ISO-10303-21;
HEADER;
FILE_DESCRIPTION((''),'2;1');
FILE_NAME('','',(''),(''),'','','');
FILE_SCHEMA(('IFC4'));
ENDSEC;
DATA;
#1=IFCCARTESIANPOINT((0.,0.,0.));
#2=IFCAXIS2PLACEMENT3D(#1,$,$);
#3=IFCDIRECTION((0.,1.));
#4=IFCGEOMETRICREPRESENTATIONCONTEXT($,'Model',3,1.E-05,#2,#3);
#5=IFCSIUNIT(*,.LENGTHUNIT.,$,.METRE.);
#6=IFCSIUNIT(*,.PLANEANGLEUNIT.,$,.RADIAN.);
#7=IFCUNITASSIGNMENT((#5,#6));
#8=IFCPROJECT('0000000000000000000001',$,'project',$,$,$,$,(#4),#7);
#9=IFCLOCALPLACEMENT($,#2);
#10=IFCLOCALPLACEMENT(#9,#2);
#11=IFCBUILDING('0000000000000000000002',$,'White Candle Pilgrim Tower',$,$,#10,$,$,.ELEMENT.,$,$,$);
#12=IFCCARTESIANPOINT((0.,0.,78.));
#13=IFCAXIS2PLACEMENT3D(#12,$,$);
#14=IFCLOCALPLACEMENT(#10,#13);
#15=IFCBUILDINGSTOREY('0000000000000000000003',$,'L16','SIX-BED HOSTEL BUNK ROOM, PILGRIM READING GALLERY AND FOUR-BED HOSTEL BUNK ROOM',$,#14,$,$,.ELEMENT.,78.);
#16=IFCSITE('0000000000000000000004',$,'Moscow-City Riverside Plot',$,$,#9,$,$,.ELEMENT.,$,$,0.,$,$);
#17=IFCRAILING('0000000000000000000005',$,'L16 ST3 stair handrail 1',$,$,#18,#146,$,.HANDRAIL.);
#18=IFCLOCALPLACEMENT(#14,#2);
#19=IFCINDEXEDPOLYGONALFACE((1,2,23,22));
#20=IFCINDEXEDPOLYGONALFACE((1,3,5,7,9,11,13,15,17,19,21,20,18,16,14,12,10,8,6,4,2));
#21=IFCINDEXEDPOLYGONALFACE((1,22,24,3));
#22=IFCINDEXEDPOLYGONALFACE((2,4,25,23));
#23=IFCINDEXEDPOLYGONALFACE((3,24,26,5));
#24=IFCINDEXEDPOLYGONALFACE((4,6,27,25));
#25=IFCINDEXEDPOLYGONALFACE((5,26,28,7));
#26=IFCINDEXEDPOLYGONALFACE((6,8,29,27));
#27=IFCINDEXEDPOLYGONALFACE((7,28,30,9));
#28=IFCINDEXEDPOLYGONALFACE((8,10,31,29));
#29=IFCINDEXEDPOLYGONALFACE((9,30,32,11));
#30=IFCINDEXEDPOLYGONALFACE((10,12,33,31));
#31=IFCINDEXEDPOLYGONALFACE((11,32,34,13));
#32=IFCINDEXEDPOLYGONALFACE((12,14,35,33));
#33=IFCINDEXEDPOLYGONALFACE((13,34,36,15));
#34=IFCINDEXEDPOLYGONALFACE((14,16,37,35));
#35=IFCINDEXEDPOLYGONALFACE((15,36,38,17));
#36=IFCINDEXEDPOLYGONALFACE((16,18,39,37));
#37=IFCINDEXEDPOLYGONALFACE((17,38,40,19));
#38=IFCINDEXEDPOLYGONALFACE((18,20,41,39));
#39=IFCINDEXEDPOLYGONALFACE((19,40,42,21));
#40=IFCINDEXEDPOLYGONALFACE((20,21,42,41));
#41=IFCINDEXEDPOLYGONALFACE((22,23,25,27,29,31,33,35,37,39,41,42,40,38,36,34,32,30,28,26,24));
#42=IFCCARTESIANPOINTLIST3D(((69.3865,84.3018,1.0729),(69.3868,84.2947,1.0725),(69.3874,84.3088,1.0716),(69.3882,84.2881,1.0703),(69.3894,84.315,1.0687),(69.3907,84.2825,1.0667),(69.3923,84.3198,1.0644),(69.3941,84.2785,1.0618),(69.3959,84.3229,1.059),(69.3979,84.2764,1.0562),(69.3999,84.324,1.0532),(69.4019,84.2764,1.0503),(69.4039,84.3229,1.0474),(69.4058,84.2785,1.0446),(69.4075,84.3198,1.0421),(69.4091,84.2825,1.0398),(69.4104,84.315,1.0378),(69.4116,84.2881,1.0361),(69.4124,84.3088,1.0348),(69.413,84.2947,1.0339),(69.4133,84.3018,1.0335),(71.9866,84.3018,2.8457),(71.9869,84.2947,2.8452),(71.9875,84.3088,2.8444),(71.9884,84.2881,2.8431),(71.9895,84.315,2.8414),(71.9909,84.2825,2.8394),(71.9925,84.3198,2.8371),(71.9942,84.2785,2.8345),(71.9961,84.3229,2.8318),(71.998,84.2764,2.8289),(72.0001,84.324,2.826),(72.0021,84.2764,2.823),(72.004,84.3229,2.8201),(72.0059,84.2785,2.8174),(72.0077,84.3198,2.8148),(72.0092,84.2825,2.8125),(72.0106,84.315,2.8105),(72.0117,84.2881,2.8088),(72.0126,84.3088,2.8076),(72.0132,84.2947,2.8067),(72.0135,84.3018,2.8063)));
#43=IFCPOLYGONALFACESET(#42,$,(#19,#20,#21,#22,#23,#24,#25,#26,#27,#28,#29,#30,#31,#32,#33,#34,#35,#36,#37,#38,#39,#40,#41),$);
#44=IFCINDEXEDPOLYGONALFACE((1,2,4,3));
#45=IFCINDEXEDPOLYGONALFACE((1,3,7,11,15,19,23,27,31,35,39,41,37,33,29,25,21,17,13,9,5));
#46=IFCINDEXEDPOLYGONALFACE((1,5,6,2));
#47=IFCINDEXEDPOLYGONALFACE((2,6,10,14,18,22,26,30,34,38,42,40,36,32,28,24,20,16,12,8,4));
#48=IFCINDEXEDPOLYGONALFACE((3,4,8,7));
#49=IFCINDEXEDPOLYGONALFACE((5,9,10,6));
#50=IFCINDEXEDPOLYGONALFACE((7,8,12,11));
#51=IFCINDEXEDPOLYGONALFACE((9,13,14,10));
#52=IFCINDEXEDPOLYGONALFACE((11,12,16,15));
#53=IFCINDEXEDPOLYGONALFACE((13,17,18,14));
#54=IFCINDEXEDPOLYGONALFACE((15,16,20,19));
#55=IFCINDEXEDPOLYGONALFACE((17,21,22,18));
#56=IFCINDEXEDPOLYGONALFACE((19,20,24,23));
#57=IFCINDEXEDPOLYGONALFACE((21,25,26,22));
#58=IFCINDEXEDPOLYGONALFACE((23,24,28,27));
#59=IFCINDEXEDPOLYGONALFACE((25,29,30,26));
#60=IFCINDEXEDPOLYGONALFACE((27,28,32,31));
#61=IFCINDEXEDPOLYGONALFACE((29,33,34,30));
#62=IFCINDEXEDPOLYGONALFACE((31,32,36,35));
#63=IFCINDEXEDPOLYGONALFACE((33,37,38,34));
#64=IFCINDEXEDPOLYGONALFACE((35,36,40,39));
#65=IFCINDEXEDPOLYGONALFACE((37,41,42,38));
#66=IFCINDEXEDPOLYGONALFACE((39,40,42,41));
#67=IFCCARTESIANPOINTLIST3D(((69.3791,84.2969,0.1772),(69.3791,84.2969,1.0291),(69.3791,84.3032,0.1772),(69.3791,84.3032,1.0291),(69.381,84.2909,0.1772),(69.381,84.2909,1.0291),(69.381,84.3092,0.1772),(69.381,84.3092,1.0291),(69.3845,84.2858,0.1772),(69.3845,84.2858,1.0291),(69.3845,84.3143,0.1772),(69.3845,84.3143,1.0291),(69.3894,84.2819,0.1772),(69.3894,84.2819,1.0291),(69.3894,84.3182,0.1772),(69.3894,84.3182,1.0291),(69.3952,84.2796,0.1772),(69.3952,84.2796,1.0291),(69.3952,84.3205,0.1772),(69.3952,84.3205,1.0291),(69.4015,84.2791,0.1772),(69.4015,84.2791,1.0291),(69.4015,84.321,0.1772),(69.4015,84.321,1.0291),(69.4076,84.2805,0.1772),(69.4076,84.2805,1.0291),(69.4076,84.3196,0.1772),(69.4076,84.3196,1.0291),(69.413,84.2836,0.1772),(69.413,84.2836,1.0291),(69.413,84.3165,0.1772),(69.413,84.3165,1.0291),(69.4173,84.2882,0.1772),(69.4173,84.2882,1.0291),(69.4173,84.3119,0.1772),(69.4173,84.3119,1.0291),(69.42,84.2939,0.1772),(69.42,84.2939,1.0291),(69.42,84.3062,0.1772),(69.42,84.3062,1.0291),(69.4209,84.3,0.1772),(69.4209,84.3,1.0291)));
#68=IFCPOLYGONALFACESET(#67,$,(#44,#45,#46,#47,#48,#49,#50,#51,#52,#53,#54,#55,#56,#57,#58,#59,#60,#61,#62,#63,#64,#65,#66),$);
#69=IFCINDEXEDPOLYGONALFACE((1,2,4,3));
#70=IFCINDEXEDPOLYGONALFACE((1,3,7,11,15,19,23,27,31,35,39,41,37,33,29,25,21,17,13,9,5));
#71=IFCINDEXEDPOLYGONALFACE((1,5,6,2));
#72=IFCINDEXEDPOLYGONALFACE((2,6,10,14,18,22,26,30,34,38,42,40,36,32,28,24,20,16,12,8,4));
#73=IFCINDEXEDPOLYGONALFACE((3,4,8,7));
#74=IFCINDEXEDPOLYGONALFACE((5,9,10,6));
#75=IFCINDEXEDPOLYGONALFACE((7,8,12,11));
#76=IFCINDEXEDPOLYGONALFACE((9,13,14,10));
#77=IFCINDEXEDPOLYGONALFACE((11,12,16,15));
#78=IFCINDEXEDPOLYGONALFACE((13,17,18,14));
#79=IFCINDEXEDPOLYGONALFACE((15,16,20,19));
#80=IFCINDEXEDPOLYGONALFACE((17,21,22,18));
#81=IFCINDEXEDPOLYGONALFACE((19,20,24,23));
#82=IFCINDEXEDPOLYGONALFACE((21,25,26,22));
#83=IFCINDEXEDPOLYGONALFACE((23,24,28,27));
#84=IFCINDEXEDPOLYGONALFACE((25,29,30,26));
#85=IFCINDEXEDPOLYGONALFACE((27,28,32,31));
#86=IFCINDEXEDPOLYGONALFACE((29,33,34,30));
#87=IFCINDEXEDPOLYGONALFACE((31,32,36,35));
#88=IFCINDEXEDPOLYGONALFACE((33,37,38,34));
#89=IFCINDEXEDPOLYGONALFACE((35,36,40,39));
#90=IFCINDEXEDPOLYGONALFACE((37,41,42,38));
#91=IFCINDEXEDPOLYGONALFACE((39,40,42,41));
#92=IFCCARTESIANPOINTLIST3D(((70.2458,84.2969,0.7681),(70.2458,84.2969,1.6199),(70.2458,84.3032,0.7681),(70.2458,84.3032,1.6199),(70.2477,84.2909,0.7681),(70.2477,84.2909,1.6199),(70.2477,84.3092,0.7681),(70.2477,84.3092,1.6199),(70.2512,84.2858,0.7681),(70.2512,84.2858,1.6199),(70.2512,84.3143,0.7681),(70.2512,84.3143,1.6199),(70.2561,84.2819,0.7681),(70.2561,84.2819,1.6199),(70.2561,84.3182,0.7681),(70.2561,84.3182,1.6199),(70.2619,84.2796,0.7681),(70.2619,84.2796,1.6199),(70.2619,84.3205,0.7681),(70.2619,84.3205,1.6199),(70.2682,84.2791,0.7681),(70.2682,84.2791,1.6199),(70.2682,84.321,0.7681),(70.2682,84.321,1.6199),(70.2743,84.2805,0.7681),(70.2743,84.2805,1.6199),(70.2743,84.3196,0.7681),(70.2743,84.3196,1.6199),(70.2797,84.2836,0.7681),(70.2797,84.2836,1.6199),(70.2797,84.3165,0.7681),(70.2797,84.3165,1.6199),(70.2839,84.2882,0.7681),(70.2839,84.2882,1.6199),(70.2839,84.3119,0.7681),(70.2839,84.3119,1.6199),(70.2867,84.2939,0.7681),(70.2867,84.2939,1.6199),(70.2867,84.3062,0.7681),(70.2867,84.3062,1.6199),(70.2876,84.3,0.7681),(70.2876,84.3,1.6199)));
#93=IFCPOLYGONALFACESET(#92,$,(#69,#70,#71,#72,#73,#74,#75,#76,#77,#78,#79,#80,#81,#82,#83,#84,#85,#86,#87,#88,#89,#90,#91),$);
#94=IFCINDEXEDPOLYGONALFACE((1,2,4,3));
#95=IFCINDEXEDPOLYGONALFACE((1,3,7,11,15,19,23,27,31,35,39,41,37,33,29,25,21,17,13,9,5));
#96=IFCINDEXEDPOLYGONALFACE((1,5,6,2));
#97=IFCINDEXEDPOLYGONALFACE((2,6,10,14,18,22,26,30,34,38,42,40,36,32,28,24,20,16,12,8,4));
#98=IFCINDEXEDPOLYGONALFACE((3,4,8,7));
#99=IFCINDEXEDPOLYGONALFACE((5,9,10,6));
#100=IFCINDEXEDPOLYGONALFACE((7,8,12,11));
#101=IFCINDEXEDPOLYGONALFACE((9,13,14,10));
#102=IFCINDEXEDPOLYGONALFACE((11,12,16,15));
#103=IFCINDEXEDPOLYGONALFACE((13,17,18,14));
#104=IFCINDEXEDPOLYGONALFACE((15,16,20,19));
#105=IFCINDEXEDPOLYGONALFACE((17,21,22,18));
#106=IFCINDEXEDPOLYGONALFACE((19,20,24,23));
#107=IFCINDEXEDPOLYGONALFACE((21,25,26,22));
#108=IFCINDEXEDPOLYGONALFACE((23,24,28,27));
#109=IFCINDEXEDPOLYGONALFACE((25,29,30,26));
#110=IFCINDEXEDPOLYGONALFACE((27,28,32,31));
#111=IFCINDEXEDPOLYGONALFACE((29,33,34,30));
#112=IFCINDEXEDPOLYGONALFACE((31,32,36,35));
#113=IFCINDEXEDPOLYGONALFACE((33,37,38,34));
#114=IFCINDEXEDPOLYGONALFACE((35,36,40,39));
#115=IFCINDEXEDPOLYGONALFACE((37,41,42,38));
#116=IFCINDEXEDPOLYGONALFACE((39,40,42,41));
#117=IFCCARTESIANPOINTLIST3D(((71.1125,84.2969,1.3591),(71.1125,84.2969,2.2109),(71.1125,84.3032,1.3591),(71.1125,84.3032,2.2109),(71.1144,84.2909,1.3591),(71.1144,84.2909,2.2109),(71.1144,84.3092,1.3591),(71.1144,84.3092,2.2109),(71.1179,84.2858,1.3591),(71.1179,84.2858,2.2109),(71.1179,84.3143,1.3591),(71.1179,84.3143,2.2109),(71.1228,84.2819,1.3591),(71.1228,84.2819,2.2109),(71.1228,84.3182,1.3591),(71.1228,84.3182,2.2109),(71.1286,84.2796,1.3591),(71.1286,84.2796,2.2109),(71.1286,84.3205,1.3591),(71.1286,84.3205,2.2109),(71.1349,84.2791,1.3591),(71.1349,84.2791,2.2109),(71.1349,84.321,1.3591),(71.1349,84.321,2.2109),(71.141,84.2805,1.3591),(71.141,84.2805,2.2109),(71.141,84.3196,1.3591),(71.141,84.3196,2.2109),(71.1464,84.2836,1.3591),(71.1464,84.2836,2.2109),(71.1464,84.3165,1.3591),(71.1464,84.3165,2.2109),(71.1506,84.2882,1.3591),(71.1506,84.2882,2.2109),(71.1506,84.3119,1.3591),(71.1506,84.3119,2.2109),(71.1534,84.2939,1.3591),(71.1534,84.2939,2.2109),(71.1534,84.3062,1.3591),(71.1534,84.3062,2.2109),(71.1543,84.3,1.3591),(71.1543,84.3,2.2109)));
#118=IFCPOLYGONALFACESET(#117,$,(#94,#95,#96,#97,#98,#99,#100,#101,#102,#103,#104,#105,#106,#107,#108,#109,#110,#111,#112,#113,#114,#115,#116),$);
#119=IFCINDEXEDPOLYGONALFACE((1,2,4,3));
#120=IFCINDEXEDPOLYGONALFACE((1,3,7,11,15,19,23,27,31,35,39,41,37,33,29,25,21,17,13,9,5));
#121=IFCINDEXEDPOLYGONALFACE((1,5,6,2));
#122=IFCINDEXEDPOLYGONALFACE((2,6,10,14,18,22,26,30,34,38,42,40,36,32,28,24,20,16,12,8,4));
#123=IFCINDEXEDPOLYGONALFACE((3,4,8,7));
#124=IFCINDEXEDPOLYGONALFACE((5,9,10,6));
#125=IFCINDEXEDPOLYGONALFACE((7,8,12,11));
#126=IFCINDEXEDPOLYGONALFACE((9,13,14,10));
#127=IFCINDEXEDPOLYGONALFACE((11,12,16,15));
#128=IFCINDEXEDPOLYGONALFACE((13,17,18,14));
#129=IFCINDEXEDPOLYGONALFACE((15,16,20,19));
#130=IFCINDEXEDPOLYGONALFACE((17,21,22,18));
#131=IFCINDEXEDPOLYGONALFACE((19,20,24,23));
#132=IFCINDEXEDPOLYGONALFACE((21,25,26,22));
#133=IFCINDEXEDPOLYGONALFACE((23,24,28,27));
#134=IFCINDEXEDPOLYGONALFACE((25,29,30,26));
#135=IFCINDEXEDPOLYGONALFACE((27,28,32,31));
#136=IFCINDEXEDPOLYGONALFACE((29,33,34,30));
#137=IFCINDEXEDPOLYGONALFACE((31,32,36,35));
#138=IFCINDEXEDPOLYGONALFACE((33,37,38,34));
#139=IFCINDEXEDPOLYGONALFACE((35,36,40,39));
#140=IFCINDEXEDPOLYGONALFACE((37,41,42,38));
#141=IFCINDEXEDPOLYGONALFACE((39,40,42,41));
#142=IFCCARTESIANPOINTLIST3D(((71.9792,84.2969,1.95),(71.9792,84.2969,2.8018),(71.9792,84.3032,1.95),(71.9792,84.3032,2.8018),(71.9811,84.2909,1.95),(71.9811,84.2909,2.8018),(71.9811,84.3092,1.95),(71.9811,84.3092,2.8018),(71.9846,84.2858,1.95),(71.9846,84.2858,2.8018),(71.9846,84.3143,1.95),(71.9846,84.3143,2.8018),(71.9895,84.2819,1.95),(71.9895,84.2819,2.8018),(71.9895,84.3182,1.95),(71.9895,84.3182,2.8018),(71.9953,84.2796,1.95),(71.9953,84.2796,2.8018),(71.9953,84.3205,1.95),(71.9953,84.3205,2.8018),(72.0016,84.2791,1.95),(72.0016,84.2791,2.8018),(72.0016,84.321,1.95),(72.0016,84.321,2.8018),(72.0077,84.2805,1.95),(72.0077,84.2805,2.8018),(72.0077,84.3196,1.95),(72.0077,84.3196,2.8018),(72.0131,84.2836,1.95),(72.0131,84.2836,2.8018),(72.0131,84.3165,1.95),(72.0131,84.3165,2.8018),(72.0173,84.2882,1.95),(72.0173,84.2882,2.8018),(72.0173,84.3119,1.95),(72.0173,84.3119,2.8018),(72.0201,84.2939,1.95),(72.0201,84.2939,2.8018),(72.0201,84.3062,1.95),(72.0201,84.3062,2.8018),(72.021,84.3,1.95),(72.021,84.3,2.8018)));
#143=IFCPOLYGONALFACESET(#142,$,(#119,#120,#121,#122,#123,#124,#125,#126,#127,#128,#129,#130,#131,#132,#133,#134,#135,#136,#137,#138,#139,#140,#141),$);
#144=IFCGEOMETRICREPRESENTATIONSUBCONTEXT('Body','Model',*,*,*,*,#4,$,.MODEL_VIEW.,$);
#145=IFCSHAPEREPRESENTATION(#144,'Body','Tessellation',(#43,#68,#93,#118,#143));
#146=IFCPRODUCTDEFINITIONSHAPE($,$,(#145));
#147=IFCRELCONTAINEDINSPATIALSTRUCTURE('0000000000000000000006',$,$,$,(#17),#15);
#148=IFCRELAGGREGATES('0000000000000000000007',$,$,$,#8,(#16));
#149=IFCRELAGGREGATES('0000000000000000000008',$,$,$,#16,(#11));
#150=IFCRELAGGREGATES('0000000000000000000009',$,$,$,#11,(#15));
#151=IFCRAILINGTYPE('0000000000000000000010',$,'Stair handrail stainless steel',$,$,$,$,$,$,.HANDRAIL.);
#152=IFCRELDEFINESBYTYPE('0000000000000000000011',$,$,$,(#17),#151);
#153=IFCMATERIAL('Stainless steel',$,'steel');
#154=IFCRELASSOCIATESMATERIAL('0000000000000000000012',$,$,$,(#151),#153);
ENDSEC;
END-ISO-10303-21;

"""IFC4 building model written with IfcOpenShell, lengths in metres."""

from ifc_helpers import new_model, si_unit, direction, frame, origin, origin_2d, place, context, subcontext, project, spatial, circle, extrude, material, type_object, element, save


model = new_model("IFC4")

# Units and contexts
model_context = context("Model", 3, precision=1e-05, world=origin(), true_north=direction((0.0, 1.0)))
body_context = subcontext(model_context, "Body", "Model", "MODEL_VIEW")
ifc_project = project(units=[si_unit("LENGTHUNIT", "METRE"), si_unit("PLANEANGLEUNIT", "RADIAN")], contexts=[model_context])

# Site, building, storey
site_placement = place(None, origin())
site = spatial("IfcSite", under=ifc_project, at=site_placement, Name="Moscow-City Riverside Plot", CompositionType="ELEMENT", RefElevation=0.0)
building_placement = place(site_placement, origin())
building = spatial("IfcBuilding", under=site, at=building_placement, Name="White Candle Pilgrim Tower", CompositionType="ELEMENT")
storey_placement = place(building_placement, frame((0.0, 0.0, 78.0)))
storey = spatial("IfcBuildingStorey", under=building, at=storey_placement, Name="L16", Description="SIX-BED HOSTEL BUNK ROOM, PILGRIM READING GALLERY AND FOUR-BED HOSTEL BUNK ROOM", CompositionType="ELEMENT", Elevation=78.0)

# Railing
ifc_material_1 = material(Name="Stainless steel", Category="steel")
railing_type_1 = type_object("IfcRailingType", Name="Stair handrail stainless steel", PredefinedType="HANDRAIL", material=ifc_material_1)
railing_1_placement = place(storey_placement, frame((69.3999, 84.3, 0.1772)))
element("IfcRailing", 1, at=railing_1_placement, inside=storey, type_object=railing_type_1, Name="L16 ST3 stair handrail 1", PredefinedType="HANDRAIL", context=body_context, shape_type="SweptSolid", body=[
    extrude(circle(Radius=0.0239, at=origin_2d()), frame((0.0, 0.0, 0.876), z_axis=(0.82624, 0.0, 0.563318), x_axis=(0.0, 1.0, 0.0)), (0.0, 0.0, 1.0), 3.147),
    extrude(circle(Radius=0.021, at=origin_2d()), origin(), (0.0, 0.0, 1.0), 0.8518),
    extrude(circle(Radius=0.021, at=origin_2d()), frame((0.8667, 0.0, 0.5908)), (0.0, 0.0, 1.0), 0.8518),
    extrude(circle(Radius=0.021, at=origin_2d()), frame((1.7334, 0.0, 1.1819)), (0.0, 0.0, 1.0), 0.8518),
    extrude(circle(Radius=0.021, at=origin_2d()), frame((2.6001, 0.0, 1.7727)), (0.0, 0.0, 1.0), 0.8518),
])

save(model, "model.ifc")
